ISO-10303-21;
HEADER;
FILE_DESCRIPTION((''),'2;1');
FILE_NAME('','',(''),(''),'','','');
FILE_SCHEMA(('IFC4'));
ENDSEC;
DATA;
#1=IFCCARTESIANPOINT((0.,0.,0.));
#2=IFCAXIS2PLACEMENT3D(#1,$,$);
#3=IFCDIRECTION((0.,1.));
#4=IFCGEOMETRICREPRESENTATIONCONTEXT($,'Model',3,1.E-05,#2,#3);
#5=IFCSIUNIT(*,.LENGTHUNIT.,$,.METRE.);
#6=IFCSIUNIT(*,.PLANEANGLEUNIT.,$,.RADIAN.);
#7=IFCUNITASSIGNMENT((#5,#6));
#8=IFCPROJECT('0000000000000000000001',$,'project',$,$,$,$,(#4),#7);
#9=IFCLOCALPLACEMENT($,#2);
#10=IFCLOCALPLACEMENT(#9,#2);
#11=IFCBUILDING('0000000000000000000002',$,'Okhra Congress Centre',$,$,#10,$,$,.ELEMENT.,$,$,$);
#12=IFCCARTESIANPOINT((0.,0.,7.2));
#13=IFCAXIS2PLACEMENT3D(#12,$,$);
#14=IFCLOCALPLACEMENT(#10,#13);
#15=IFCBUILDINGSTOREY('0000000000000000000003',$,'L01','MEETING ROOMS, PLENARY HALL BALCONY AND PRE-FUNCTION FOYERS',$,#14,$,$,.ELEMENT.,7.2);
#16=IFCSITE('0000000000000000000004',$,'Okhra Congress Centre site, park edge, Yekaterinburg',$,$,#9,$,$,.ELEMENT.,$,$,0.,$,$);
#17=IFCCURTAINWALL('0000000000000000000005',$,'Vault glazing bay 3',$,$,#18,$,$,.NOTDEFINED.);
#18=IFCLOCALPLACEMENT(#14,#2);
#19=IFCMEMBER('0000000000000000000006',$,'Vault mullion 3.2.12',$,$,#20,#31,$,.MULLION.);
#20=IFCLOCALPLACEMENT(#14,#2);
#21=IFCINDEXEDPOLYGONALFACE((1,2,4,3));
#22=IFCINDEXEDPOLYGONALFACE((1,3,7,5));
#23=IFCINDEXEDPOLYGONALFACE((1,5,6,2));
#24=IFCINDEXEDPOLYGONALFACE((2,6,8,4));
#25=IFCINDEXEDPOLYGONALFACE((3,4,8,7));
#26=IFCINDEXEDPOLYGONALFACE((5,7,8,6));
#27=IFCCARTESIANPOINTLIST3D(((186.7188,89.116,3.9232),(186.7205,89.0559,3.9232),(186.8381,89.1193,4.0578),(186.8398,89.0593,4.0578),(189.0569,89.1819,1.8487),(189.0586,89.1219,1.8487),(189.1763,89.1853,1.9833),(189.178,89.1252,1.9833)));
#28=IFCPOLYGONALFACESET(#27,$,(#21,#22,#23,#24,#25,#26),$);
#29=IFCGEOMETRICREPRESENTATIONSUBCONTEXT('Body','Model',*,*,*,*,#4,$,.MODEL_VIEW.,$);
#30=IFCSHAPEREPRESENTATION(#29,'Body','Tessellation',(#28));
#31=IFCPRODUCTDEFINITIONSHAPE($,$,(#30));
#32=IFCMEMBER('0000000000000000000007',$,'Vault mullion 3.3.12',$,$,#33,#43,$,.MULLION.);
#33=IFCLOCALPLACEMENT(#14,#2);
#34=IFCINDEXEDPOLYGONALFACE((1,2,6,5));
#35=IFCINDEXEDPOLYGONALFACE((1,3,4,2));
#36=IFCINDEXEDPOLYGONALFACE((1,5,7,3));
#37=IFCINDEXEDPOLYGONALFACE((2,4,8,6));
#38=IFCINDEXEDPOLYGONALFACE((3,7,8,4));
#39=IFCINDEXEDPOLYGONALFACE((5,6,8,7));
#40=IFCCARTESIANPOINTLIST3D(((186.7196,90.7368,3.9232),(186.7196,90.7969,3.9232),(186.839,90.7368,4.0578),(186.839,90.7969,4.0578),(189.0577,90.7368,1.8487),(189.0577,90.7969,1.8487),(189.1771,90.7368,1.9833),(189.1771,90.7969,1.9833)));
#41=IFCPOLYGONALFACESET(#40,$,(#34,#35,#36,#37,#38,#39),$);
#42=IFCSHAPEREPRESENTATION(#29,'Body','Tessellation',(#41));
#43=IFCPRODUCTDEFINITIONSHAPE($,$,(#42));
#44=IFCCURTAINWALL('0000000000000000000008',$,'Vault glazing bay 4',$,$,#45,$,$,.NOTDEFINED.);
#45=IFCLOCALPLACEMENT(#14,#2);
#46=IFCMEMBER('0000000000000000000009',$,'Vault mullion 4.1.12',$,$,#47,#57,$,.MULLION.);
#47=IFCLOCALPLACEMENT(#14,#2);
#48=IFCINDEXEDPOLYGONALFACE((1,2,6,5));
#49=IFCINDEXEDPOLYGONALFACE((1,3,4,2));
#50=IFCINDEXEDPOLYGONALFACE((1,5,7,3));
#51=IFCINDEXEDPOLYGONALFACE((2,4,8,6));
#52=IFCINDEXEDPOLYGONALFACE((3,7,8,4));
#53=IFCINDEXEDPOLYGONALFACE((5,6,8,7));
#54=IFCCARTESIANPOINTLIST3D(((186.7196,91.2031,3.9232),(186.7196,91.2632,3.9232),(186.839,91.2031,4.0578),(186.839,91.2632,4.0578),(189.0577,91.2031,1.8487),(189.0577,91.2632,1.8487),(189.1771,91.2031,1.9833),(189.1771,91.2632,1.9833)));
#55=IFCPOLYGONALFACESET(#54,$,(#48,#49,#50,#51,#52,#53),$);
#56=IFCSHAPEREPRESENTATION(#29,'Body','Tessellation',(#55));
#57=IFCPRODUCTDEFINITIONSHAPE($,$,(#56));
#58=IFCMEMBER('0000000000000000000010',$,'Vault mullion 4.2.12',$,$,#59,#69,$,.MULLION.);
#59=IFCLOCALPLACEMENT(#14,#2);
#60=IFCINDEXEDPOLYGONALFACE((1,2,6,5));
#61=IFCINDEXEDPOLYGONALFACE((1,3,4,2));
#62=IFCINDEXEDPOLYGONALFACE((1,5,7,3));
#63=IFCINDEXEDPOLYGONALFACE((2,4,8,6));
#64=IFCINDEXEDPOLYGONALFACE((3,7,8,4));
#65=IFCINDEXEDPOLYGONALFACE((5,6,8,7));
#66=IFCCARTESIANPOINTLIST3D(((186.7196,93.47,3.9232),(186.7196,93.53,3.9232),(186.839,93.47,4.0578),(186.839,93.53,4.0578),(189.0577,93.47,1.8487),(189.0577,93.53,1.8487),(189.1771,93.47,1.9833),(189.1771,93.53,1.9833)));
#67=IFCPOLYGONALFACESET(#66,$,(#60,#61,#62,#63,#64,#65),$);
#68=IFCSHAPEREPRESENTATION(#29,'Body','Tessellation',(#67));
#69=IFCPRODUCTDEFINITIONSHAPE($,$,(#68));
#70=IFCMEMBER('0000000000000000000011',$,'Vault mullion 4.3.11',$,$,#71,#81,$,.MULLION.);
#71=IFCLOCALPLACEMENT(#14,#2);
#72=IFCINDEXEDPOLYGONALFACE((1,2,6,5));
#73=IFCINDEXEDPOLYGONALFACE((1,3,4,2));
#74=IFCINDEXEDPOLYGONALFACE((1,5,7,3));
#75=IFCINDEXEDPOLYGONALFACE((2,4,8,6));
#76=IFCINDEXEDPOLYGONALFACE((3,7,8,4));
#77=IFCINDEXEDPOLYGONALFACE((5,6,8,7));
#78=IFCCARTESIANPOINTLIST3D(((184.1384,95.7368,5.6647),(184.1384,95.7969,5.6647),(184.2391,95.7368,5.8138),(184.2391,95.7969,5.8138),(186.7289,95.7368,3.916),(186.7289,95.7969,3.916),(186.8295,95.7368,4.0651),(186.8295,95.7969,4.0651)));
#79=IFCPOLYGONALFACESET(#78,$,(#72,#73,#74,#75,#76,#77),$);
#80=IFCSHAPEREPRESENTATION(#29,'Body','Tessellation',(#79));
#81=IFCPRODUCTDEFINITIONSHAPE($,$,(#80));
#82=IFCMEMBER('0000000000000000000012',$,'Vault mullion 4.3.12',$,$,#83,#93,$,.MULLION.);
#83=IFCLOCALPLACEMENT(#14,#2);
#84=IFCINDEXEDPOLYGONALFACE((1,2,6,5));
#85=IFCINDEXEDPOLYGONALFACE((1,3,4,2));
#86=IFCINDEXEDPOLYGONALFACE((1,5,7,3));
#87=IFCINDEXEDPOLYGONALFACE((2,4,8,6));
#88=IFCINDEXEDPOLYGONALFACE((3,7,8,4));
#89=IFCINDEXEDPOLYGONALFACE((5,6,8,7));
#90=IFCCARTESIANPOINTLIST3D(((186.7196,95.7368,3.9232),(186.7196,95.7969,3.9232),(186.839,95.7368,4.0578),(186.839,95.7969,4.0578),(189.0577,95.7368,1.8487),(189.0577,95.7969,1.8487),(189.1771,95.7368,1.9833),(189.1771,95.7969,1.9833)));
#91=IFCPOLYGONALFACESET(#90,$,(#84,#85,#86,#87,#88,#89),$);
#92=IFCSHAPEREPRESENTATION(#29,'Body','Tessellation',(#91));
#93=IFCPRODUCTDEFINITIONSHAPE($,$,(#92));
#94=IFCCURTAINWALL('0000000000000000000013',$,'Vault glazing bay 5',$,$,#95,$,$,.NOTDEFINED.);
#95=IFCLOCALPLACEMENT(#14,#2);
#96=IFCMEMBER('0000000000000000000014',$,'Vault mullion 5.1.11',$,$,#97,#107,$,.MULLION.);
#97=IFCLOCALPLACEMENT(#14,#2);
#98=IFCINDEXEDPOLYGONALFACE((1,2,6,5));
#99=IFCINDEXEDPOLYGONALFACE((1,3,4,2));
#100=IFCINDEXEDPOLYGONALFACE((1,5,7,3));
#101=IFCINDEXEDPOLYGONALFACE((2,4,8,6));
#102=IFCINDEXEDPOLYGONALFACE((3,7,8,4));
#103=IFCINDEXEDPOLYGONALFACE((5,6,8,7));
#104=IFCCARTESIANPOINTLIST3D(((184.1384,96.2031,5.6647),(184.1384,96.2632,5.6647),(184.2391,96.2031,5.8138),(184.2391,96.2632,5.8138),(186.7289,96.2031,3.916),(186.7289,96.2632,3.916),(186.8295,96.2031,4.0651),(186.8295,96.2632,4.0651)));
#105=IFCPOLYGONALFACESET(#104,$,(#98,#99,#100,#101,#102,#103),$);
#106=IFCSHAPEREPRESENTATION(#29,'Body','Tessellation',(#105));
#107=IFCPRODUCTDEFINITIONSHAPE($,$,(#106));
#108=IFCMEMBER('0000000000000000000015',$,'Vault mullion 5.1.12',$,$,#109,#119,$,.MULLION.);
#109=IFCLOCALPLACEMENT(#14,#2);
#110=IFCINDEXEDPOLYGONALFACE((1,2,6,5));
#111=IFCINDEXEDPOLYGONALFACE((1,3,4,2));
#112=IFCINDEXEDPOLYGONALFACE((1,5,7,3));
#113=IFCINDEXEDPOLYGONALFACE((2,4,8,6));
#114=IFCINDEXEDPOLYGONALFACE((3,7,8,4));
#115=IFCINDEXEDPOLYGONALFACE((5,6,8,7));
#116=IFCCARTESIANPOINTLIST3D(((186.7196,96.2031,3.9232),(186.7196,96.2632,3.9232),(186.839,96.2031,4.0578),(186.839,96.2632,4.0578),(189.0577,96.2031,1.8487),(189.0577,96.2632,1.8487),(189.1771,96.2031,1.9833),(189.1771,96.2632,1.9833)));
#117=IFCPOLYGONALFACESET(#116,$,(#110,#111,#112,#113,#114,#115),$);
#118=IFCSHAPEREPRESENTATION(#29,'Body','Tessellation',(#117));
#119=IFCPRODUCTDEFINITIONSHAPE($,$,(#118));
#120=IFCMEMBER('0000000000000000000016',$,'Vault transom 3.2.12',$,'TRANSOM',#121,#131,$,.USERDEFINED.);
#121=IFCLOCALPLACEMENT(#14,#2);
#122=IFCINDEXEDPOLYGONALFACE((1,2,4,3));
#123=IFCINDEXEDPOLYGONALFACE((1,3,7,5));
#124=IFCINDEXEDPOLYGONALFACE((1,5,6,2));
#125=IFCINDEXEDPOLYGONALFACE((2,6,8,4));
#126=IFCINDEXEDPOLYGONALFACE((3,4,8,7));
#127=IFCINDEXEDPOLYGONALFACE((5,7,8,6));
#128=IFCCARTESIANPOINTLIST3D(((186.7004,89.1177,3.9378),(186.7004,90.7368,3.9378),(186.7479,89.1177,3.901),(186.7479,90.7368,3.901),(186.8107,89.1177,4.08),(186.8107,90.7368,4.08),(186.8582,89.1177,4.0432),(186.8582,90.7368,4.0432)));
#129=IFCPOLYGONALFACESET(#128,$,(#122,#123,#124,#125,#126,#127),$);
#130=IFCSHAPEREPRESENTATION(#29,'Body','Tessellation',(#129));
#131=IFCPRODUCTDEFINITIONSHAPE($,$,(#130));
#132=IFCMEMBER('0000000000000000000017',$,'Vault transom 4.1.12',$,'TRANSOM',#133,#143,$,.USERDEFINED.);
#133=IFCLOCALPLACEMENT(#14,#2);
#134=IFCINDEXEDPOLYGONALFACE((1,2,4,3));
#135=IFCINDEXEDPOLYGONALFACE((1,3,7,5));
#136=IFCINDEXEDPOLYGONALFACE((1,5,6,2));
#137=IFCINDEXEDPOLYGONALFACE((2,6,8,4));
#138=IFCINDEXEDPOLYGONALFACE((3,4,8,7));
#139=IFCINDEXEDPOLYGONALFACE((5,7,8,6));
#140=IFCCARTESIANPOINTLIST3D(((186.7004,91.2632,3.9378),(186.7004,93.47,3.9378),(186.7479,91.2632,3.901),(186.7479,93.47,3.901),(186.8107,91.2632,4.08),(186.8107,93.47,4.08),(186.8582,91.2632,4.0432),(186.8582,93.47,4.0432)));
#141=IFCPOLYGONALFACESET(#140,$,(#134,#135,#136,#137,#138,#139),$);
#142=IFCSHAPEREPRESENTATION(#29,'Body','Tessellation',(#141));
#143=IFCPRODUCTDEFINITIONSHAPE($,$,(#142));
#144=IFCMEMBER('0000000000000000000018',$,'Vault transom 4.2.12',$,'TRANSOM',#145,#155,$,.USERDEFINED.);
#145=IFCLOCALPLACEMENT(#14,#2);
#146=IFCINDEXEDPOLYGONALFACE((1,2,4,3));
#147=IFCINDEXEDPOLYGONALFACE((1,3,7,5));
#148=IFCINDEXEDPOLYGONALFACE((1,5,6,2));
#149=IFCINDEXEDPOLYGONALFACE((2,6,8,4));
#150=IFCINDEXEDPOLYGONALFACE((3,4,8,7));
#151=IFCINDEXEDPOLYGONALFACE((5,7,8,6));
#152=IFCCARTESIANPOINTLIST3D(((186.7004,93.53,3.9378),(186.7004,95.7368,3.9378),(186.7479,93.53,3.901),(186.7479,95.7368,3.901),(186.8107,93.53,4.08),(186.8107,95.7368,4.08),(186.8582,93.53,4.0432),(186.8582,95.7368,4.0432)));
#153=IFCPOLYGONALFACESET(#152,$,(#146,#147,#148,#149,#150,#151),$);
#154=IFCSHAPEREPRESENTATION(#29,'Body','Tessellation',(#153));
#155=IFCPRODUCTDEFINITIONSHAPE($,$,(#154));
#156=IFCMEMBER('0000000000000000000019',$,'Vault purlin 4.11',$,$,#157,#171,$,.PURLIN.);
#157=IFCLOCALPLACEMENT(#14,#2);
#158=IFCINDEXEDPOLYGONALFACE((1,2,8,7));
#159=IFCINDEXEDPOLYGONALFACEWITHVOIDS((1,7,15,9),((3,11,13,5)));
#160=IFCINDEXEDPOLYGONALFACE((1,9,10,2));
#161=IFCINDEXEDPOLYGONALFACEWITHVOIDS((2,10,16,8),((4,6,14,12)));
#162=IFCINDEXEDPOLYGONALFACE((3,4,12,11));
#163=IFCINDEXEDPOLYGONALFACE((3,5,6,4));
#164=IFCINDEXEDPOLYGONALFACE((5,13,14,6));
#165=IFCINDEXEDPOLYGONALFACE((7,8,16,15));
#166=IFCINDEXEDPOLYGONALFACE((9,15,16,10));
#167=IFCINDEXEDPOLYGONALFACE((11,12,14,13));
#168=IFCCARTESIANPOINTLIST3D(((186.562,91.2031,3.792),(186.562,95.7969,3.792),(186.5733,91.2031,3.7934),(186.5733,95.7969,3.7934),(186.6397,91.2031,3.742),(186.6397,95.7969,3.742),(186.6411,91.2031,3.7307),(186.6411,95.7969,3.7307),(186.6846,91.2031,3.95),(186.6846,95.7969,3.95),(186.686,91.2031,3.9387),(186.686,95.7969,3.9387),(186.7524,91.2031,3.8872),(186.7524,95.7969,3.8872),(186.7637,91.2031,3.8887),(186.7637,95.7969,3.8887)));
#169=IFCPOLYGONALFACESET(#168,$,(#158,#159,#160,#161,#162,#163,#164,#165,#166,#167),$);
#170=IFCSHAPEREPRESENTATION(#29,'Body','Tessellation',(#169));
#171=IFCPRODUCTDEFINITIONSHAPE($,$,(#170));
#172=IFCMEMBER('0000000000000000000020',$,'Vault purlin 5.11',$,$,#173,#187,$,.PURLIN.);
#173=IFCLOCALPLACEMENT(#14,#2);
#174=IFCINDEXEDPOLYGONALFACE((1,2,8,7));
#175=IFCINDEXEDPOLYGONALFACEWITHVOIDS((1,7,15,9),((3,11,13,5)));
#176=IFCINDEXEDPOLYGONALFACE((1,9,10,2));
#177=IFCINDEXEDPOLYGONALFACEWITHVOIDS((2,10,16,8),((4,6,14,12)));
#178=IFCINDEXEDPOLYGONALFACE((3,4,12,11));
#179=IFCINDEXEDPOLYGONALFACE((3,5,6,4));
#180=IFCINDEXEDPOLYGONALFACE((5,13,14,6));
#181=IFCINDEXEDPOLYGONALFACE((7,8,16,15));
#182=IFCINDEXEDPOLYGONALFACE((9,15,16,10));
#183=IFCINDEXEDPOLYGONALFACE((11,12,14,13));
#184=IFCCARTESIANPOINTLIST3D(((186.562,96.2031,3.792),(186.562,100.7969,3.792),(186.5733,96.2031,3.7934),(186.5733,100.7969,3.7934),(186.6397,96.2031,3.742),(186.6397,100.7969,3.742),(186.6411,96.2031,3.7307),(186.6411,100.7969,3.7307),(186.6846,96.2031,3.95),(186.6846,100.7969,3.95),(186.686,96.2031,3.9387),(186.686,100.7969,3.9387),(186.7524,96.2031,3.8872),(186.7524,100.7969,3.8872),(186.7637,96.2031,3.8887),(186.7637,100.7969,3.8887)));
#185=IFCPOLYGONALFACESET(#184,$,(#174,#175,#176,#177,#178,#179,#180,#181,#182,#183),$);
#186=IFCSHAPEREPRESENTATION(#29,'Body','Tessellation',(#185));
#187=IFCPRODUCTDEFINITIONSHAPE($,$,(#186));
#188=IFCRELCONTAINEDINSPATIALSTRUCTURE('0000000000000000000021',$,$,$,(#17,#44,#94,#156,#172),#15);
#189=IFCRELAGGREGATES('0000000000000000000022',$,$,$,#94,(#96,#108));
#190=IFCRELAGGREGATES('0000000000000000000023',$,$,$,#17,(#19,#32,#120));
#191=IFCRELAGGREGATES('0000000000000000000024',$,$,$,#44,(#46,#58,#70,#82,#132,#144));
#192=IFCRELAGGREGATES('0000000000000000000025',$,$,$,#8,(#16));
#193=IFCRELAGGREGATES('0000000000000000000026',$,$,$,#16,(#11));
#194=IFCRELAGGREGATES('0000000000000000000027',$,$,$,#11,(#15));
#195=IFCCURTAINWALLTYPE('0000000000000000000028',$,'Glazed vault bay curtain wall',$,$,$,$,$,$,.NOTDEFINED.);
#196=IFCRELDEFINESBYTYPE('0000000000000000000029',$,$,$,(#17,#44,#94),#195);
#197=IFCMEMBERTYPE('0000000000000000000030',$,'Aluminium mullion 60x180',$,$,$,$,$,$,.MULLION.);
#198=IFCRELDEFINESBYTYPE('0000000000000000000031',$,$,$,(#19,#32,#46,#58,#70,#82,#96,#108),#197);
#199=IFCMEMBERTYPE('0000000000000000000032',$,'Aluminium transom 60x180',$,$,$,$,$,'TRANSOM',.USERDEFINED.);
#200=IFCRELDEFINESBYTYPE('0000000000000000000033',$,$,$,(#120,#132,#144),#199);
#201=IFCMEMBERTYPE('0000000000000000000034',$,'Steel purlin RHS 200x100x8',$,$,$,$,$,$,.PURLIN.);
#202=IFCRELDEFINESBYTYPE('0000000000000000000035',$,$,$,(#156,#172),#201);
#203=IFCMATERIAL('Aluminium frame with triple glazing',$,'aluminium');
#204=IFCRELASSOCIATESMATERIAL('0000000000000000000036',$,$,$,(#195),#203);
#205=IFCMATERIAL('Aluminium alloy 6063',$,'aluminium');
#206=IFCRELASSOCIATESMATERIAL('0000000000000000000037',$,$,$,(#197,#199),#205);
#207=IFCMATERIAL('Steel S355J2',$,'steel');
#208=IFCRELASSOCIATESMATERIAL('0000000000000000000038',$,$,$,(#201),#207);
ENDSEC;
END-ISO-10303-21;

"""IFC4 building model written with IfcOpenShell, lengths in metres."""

from ifc_helpers import new_model, si_unit, direction, frame, origin, origin_2d, place, context, subcontext, project, spatial, rectangle, hollow_rectangle, extrude, material, material_profile, profile_set, type_object, element, aggregate, save


model = new_model("IFC4")

# Units and contexts
model_context = context("Model", 3, precision=1e-05, world=origin(), true_north=direction((0.0, 1.0)))
body_context = subcontext(model_context, "Body", "Model", "MODEL_VIEW")
ifc_project = project(units=[si_unit("LENGTHUNIT", "METRE"), si_unit("PLANEANGLEUNIT", "RADIAN")], contexts=[model_context])

# Site, building, storey
site_placement = place(None, origin())
site = spatial("IfcSite", under=ifc_project, at=site_placement, Name="Okhra Congress Centre site, park edge, Yekaterinburg", CompositionType="ELEMENT", RefElevation=0.0)
building_placement = place(site_placement, origin())
building = spatial("IfcBuilding", under=site, at=building_placement, Name="Okhra Congress Centre", CompositionType="ELEMENT")
storey_placement = place(building_placement, frame((0.0, 0.0, 7.2)))
storey = spatial("IfcBuildingStorey", under=building, at=storey_placement, Name="L01", Description="MEETING ROOMS, PLENARY HALL BALCONY AND PRE-FUNCTION FOYERS", CompositionType="ELEMENT", Elevation=7.2)

# Curtain walls, members
ifc_material_1 = material(Name="Aluminium frame with triple glazing", Category="aluminium")
curtain_wall_type = type_object("IfcCurtainWallType", Name="Glazed vault bay curtain wall", PredefinedType="NOTDEFINED", material=ifc_material_1)
curtain_wall_1_placement = place(storey_placement, origin())
curtain_wall_1 = element("IfcCurtainWall", 1, at=curtain_wall_1_placement, inside=storey, type_object=curtain_wall_type, Name="Vault glazing bay 3", PredefinedType="NOTDEFINED")
ifc_material_2 = material(Name="Aluminium alloy 6063", Category="aluminium")
ifc_material_profile_1 = material_profile(ifc_material_2, rectangle(XDim=0.0601, YDim=0.1799, at=origin_2d()), Name="AL 60x180")
ifc_profile_set_1 = profile_set([ifc_material_profile_1], Name="Aluminium alloy 6063")
member_type_1 = type_object("IfcMemberType", Name="Aluminium mullion 60x180", PredefinedType="MULLION", material=ifc_profile_set_1)
member_1_placement = place(storey_placement, frame((186.7793, 89.0876, 3.9905), z_axis=(0.747859, 0.021084, -0.663523), x_axis=(-0.028181, 0.999603, 0.0)))
member_1 = element("IfcMember", 2, at=member_1_placement, type_object=member_type_1, Name="Vault mullion 3.2.12", PredefinedType="MULLION", context=body_context, shape_type="SweptSolid", body=[
    extrude(rectangle(XDim=0.0601, YDim=0.1799, at=origin_2d()), origin(), (0.0, 0.0, 1.0), 3.1265),
])
member_2_placement = place(storey_placement, frame((186.7793, 90.7668, 3.9905), z_axis=(0.748025, 0.0, -0.66367), x_axis=(0.0, 1.0, 0.0)))
member_2 = element("IfcMember", 3, at=member_2_placement, type_object=member_type_1, Name="Vault mullion 3.3.12", PredefinedType="MULLION", context=body_context, shape_type="SweptSolid", body=[
    extrude(rectangle(XDim=0.0601, YDim=0.1799, at=origin_2d()), origin(), (0.0, 0.0, 1.0), 3.1257),
])
curtain_wall_2_placement = place(storey_placement, origin())
curtain_wall_2 = element("IfcCurtainWall", 4, at=curtain_wall_2_placement, inside=storey, type_object=curtain_wall_type, Name="Vault glazing bay 4", PredefinedType="NOTDEFINED")
member_3_placement = place(storey_placement, frame((186.7793, 91.2332, 3.9905), z_axis=(0.748025, 0.0, -0.66367), x_axis=(0.0, 1.0, 0.0)))
member_3 = element("IfcMember", 5, at=member_3_placement, type_object=member_type_1, Name="Vault mullion 4.1.12", PredefinedType="MULLION", context=body_context, shape_type="SweptSolid", body=[
    extrude(rectangle(XDim=0.0601, YDim=0.1799, at=origin_2d()), origin(), (0.0, 0.0, 1.0), 3.1257),
])
member_4_placement = place(storey_placement, frame((186.7793, 93.5, 3.9905), z_axis=(0.748025, 0.0, -0.66367), x_axis=(0.0, 1.0, 0.0)))
member_4 = element("IfcMember", 6, at=member_4_placement, type_object=member_type_1, Name="Vault mullion 4.2.12", PredefinedType="MULLION", context=body_context, shape_type="SweptSolid", body=[
    extrude(rectangle(XDim=0.0601, YDim=0.1799, at=origin_2d()), origin(), (0.0, 0.0, 1.0), 3.1257),
])
member_5_placement = place(storey_placement, frame((184.1887, 95.7668, 5.7393), z_axis=(0.828828, 0.0, -0.559504), x_axis=(0.0, 1.0, 0.0)))
member_5 = element("IfcMember", 7, at=member_5_placement, type_object=member_type_1, Name="Vault mullion 4.3.11", PredefinedType="MULLION", context=body_context, shape_type="SweptSolid", body=[
    extrude(rectangle(XDim=0.0601, YDim=0.1799, at=origin_2d()), origin(), (0.0, 0.0, 1.0), 3.1255),
])
member_6_placement = place(storey_placement, frame((186.7793, 95.7668, 3.9905), z_axis=(0.748025, 0.0, -0.66367), x_axis=(0.0, 1.0, 0.0)))
member_6 = element("IfcMember", 8, at=member_6_placement, type_object=member_type_1, Name="Vault mullion 4.3.12", PredefinedType="MULLION", context=body_context, shape_type="SweptSolid", body=[
    extrude(rectangle(XDim=0.0601, YDim=0.1799, at=origin_2d()), origin(), (0.0, 0.0, 1.0), 3.1257),
])
curtain_wall_3_placement = place(storey_placement, origin())
curtain_wall_3 = element("IfcCurtainWall", 9, at=curtain_wall_3_placement, inside=storey, type_object=curtain_wall_type, Name="Vault glazing bay 5", PredefinedType="NOTDEFINED")
member_7_placement = place(storey_placement, frame((184.1887, 96.2332, 5.7393), z_axis=(0.828828, 0.0, -0.559504), x_axis=(0.0, 1.0, 0.0)))
member_7 = element("IfcMember", 10, at=member_7_placement, type_object=member_type_1, Name="Vault mullion 5.1.11", PredefinedType="MULLION", context=body_context, shape_type="SweptSolid", body=[
    extrude(rectangle(XDim=0.0601, YDim=0.1799, at=origin_2d()), origin(), (0.0, 0.0, 1.0), 3.1255),
])
member_8_placement = place(storey_placement, frame((186.7793, 96.2332, 3.9905), z_axis=(0.748025, 0.0, -0.66367), x_axis=(0.0, 1.0, 0.0)))
member_8 = element("IfcMember", 11, at=member_8_placement, type_object=member_type_1, Name="Vault mullion 5.1.12", PredefinedType="MULLION", context=body_context, shape_type="SweptSolid", body=[
    extrude(rectangle(XDim=0.0601, YDim=0.1799, at=origin_2d()), origin(), (0.0, 0.0, 1.0), 3.1257),
])
aggregate(curtain_wall_3, [member_7, member_8])

# Members
ifc_material_profile_2 = material_profile(ifc_material_2, rectangle(XDim=0.0601, YDim=0.1799, at=origin_2d()), Name="AL 60x180 transom")
ifc_profile_set_2 = profile_set([ifc_material_profile_2], Name="Aluminium alloy 6063")
member_type_2 = type_object("IfcMemberType", Name="Aluminium transom 60x180", ElementType="TRANSOM", PredefinedType="USERDEFINED", material=ifc_profile_set_2)
member_9_placement = place(storey_placement, frame((186.7793, 89.1177, 3.9905), z_axis=(0.0, 1.0, 0.0), x_axis=(-0.790145, 0.0, 0.61292)))
member_9 = element("IfcMember", 12, at=member_9_placement, type_object=member_type_2, Name="Vault transom 3.2.12", ObjectType="TRANSOM", PredefinedType="USERDEFINED", context=body_context, shape_type="SweptSolid", body=[
    extrude(rectangle(XDim=0.0601, YDim=0.1799, at=origin_2d()), origin(), (0.0, 0.0, 1.0), 1.6191),
])
member_10_placement = place(storey_placement, frame((186.7793, 91.2632, 3.9905), z_axis=(0.0, 1.0, 0.0), x_axis=(-0.790145, 0.0, 0.61292)))
member_10 = element("IfcMember", 13, at=member_10_placement, type_object=member_type_2, Name="Vault transom 4.1.12", ObjectType="TRANSOM", PredefinedType="USERDEFINED", context=body_context, shape_type="SweptSolid", body=[
    extrude(rectangle(XDim=0.0601, YDim=0.1799, at=origin_2d()), origin(), (0.0, 0.0, 1.0), 2.2068),
])
member_11_placement = place(storey_placement, frame((186.7793, 93.53, 3.9905), z_axis=(0.0, 1.0, 0.0), x_axis=(-0.790145, 0.0, 0.61292)))
member_11 = element("IfcMember", 14, at=member_11_placement, type_object=member_type_2, Name="Vault transom 4.2.12", ObjectType="TRANSOM", PredefinedType="USERDEFINED", context=body_context, shape_type="SweptSolid", body=[
    extrude(rectangle(XDim=0.0601, YDim=0.1799, at=origin_2d()), origin(), (0.0, 0.0, 1.0), 2.2068),
])

# Members
ifc_material_3 = material(Name="Steel S355J2", Category="steel")
ifc_material_profile_3 = material_profile(ifc_material_3, hollow_rectangle(XDim=0.1001, YDim=0.2, WallThickness=0.0081, at=origin_2d()), Name="RHS 200x100x8")
ifc_profile_set_3 = profile_set([ifc_material_profile_3], Name="Steel S355J2")
member_type_3 = type_object("IfcMemberType", Name="Steel purlin RHS 200x100x8", PredefinedType="PURLIN", material=ifc_profile_set_3)
for number, where, z_axis, x_axis, name in (
    (15, (186.6628, 91.2031, 3.8403), (0.0, 1.0, 0.0), (-0.790145, 0.0, 0.61292), "Vault purlin 4.11"),
    (16, (186.6628, 96.2031, 3.8403), (0.0, 1.0, 0.0), (-0.790145, 0.0, 0.61292), "Vault purlin 5.11"),
):
    element("IfcMember", number, at=place(storey_placement, frame(where, z_axis=z_axis, x_axis=x_axis)), inside=storey, type_object=member_type_3, Name=name, PredefinedType="PURLIN", context=body_context, shape_type="SweptSolid", body=[
        extrude(hollow_rectangle(XDim=0.1001, YDim=0.2, WallThickness=0.0081, at=origin_2d()), origin(), (0.0, 0.0, 1.0), 4.5938),
    ])

aggregate(curtain_wall_1, [member_1, member_2, member_9])
aggregate(curtain_wall_2, [member_3, member_4, member_5, member_6, member_10, member_11])

save(model, "model.ifc")
